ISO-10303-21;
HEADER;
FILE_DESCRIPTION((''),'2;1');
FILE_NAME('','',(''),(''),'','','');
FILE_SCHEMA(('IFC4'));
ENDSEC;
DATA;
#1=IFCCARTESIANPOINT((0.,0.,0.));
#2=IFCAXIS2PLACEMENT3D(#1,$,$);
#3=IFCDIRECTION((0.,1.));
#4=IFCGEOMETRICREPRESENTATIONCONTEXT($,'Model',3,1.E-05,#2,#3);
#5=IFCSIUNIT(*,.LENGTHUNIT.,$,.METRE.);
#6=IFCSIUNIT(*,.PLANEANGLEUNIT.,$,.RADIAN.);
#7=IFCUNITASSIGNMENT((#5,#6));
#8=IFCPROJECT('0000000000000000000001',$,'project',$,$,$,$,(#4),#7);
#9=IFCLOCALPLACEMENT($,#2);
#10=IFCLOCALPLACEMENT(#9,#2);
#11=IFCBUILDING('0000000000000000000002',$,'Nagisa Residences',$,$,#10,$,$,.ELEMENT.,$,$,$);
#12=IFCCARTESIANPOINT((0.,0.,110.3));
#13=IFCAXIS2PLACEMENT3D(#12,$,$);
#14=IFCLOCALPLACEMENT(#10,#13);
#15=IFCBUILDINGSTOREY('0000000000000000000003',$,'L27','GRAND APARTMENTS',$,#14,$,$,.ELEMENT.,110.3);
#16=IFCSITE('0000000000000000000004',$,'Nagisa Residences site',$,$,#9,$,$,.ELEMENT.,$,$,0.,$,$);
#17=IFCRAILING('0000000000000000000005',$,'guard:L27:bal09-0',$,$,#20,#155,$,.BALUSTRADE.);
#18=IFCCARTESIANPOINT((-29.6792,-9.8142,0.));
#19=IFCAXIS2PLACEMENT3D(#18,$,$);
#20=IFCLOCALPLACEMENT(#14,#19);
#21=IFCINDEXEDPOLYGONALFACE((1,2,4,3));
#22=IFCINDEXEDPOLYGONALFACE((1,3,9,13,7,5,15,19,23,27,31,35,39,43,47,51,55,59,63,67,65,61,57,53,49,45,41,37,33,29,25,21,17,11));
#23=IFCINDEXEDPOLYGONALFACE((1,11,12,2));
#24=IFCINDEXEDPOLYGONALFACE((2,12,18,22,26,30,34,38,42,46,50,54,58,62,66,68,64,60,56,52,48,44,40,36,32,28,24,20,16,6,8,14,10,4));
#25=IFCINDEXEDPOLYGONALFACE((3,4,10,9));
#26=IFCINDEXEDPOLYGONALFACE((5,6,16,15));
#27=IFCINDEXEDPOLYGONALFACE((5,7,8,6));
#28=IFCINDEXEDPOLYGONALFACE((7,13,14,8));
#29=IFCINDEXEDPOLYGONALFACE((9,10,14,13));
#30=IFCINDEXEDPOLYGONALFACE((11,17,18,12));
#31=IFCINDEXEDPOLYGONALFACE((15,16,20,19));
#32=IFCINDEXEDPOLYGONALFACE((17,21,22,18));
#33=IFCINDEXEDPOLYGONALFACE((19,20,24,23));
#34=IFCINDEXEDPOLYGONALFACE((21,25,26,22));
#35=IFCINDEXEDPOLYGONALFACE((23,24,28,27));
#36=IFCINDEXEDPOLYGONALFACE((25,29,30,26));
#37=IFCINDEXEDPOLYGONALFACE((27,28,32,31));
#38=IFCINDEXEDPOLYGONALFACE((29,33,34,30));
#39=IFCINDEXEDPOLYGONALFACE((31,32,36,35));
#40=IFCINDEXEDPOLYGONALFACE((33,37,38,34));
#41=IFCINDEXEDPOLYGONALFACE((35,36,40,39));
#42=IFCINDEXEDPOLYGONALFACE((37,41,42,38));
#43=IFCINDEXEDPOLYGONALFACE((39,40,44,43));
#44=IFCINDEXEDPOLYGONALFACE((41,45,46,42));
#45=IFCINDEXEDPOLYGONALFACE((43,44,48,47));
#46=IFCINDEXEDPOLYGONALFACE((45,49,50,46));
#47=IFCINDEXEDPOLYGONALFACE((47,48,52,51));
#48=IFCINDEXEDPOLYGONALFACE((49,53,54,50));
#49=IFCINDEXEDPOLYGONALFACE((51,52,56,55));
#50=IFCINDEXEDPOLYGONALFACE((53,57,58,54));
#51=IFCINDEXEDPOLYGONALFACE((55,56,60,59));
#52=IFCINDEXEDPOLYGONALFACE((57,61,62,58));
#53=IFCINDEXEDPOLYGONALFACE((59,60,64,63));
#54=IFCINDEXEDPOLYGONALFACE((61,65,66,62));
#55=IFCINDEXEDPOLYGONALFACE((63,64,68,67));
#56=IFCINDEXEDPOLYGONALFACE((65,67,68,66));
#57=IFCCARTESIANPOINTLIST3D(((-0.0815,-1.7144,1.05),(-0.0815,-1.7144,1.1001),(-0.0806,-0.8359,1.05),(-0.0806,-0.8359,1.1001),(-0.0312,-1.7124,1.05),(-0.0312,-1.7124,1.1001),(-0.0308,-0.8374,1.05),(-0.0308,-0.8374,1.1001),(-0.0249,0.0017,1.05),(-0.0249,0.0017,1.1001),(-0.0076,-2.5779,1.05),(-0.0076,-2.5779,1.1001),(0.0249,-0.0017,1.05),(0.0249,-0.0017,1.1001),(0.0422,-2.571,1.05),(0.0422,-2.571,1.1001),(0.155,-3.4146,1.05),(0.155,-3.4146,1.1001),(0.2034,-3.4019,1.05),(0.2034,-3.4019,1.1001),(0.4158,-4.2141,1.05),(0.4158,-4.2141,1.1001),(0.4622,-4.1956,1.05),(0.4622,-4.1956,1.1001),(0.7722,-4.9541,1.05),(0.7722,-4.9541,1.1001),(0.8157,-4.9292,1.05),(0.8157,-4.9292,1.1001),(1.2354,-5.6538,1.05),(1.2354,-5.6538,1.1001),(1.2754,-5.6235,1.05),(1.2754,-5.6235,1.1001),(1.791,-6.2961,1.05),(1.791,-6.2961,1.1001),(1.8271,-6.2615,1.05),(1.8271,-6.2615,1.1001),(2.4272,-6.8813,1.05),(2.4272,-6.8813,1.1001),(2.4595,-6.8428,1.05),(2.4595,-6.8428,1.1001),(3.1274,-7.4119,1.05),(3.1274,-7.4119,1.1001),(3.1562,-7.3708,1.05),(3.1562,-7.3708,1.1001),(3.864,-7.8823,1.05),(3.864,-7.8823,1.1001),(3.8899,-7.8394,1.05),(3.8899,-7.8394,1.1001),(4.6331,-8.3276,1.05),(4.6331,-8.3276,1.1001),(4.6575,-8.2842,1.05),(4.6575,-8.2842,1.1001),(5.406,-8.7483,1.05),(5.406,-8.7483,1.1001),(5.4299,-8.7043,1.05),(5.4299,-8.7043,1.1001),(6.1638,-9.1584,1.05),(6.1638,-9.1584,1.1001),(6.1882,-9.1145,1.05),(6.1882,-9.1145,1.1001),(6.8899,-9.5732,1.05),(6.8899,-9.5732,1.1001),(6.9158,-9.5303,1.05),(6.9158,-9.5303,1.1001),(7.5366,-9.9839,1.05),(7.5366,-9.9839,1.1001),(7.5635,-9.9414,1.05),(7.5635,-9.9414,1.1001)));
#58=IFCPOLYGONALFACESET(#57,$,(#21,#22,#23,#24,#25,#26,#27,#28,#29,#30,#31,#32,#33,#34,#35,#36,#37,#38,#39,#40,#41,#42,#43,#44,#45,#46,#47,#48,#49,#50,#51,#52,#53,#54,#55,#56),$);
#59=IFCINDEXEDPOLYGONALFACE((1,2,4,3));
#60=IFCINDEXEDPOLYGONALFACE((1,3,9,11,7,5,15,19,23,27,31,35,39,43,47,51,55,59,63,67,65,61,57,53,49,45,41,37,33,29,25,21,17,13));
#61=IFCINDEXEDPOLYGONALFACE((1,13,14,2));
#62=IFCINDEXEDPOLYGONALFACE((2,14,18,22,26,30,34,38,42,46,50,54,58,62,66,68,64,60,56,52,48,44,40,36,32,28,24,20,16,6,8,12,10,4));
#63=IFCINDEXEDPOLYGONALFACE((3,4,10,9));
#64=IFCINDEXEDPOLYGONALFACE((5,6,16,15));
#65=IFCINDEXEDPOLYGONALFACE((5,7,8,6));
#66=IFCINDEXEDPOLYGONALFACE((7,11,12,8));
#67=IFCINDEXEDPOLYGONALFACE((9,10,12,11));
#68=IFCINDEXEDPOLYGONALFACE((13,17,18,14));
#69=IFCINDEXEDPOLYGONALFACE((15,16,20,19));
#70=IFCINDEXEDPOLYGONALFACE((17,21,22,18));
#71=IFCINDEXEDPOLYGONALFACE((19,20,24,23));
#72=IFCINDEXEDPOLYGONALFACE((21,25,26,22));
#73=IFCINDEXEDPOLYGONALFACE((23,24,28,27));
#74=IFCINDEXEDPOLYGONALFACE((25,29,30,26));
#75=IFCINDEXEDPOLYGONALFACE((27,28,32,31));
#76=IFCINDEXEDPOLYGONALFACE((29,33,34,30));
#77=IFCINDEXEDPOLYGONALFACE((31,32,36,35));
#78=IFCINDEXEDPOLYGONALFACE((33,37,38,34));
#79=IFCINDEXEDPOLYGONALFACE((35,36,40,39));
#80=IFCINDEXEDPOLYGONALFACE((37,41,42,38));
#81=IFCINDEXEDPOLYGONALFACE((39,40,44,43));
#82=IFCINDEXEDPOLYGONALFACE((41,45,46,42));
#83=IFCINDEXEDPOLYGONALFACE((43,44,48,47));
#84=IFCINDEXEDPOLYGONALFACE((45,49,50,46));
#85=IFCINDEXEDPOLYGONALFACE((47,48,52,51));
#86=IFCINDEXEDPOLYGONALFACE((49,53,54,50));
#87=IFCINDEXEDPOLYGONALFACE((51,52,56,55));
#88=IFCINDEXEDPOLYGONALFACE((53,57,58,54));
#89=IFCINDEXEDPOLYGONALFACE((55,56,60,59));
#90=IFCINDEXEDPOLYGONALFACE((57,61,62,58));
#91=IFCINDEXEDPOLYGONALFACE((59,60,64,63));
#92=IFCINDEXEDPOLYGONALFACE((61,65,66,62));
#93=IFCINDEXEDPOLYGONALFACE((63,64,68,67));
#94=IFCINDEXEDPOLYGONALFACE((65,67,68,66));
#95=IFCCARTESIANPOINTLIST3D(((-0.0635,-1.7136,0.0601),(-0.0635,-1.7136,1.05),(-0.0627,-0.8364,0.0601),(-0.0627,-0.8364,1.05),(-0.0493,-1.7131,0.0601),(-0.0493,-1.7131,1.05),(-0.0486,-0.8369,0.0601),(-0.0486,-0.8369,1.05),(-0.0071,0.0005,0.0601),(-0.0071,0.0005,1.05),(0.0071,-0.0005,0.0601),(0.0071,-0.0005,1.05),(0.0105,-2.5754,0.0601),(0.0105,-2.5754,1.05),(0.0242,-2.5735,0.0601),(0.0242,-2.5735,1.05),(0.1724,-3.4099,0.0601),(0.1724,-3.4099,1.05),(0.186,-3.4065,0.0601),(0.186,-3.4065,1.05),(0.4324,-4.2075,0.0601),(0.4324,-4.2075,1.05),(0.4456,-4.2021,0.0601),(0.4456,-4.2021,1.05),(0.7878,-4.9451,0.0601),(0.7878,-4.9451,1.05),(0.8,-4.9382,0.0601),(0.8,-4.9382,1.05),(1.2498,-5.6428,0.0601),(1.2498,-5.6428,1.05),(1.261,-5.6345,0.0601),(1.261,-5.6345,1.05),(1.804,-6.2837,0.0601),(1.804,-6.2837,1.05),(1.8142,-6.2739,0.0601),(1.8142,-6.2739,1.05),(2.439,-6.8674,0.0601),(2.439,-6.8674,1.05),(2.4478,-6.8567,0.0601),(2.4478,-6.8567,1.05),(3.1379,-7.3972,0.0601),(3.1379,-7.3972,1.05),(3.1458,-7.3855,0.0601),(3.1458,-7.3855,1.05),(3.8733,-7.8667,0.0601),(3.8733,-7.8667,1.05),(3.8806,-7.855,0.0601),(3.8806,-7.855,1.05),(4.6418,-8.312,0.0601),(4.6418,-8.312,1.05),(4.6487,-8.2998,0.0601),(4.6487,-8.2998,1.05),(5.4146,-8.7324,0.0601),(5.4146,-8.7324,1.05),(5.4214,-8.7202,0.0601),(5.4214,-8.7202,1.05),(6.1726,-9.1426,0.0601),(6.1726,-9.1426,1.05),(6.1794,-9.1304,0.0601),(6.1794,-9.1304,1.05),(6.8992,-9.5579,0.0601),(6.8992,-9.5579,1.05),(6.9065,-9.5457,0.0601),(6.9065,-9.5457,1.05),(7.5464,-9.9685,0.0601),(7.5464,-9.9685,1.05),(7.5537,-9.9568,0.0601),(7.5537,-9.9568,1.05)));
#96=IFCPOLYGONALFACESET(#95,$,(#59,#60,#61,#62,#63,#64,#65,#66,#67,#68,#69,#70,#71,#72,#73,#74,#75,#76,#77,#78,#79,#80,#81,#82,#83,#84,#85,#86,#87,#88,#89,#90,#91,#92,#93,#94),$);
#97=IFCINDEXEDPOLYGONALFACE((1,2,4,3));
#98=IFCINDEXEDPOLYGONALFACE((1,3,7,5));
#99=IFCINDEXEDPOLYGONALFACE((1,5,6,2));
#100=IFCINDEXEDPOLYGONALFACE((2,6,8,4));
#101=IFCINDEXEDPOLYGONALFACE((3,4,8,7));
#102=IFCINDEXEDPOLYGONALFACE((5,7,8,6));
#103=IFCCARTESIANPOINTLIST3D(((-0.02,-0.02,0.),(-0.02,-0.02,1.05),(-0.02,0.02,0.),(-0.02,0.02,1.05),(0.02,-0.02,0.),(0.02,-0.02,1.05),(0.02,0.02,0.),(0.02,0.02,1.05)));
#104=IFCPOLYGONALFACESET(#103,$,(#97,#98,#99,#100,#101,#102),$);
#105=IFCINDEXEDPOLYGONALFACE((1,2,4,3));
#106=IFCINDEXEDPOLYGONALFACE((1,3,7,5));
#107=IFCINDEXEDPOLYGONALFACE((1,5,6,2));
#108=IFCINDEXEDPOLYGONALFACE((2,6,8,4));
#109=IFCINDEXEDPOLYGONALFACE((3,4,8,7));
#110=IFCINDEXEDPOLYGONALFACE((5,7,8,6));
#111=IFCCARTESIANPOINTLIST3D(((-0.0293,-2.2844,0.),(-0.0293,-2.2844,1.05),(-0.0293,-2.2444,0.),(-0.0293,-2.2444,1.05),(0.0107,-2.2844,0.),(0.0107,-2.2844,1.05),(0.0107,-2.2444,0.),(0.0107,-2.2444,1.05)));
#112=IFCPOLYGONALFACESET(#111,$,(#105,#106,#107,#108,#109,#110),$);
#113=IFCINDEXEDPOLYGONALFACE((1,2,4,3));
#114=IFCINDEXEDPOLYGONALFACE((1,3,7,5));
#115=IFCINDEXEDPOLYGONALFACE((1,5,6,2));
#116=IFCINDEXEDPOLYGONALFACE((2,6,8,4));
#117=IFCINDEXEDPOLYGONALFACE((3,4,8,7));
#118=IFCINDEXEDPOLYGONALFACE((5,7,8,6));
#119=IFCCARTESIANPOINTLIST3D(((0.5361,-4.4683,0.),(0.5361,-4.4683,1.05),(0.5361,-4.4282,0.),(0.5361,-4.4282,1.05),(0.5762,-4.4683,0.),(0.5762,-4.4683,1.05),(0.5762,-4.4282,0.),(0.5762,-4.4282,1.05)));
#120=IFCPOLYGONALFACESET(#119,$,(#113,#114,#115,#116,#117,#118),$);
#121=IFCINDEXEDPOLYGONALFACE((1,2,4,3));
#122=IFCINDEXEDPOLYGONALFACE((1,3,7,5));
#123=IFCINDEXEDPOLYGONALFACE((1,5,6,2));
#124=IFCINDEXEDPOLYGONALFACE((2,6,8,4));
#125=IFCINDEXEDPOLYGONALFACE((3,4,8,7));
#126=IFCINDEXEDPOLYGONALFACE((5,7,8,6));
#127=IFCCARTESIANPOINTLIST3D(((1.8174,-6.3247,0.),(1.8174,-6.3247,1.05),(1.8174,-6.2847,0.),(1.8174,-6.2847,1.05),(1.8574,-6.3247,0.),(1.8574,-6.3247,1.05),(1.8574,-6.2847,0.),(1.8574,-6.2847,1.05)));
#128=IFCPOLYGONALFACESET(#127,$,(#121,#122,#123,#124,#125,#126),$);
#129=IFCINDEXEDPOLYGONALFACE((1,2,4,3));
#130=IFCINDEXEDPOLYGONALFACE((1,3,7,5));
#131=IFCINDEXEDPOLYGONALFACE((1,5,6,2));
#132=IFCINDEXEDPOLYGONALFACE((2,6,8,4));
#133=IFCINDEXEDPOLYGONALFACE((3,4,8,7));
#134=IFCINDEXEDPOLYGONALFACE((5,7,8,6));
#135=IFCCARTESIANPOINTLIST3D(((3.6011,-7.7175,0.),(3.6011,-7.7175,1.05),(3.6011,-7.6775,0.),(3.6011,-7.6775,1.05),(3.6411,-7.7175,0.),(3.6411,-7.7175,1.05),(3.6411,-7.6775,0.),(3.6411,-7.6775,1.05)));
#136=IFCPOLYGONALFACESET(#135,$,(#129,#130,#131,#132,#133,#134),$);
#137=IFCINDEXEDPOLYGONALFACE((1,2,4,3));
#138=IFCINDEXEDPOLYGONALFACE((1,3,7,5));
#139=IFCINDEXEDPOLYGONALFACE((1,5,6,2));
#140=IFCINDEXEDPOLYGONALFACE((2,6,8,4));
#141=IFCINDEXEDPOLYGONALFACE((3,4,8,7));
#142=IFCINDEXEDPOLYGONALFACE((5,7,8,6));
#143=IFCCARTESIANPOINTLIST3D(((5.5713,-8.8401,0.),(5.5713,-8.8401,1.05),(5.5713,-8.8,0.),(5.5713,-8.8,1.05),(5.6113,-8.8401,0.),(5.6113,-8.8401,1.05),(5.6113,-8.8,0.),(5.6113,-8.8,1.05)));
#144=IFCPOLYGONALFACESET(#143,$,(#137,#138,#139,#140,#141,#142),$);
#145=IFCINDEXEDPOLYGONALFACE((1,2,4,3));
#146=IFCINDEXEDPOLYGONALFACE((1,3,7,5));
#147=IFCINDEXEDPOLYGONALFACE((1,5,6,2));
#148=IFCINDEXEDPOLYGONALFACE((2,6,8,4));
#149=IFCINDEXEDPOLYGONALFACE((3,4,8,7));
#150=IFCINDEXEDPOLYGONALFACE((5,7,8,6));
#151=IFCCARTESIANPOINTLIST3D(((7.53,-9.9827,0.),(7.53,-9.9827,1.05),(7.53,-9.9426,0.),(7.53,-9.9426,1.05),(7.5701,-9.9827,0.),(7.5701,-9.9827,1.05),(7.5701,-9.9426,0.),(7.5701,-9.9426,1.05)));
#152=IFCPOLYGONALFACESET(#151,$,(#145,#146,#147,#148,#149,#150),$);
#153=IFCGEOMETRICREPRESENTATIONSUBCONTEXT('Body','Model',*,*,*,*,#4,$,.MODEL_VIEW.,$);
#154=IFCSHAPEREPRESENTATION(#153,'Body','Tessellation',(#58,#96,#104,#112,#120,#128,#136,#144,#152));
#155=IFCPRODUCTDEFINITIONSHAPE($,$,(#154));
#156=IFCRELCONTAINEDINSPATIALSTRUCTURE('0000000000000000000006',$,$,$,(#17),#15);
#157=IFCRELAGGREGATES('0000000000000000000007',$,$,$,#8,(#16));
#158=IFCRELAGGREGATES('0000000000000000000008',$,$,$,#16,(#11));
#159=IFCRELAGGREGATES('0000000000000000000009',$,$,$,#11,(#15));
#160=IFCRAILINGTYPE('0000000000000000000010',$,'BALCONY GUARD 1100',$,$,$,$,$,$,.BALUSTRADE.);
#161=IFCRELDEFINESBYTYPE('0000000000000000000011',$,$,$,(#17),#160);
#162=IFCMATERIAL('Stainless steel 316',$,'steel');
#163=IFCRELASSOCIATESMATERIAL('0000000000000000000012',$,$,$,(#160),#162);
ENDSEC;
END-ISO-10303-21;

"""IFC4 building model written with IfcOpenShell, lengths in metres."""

from ifc_helpers import new_model, si_unit, direction, frame, origin, origin_2d, place, context, subcontext, project, spatial, polyline, rectangle, outline, extrude, material, type_object, element, save


model = new_model("IFC4")

# Units and contexts
model_context = context("Model", 3, precision=1e-05, world=origin(), true_north=direction((0.0, 1.0)))
body_context = subcontext(model_context, "Body", "Model", "MODEL_VIEW")
ifc_project = project(units=[si_unit("LENGTHUNIT", "METRE"), si_unit("PLANEANGLEUNIT", "RADIAN")], contexts=[model_context])

# Site, building, storey
site_placement = place(None, origin())
site = spatial("IfcSite", under=ifc_project, at=site_placement, Name="Nagisa Residences site", CompositionType="ELEMENT", RefElevation=0.0)
building_placement = place(site_placement, origin())
building = spatial("IfcBuilding", under=site, at=building_placement, Name="Nagisa Residences", CompositionType="ELEMENT")
storey_placement = place(building_placement, frame((0.0, 0.0, 110.3)))
storey = spatial("IfcBuildingStorey", under=building, at=storey_placement, Name="L27", Description="GRAND APARTMENTS", CompositionType="ELEMENT", Elevation=110.3)

# Railing
ifc_material_1 = material(Name="Stainless steel 316", Category="steel")
railing_type = type_object("IfcRailingType", Name="BALCONY GUARD 1100", PredefinedType="BALUSTRADE", material=ifc_material_1)
railing_placement = place(storey_placement, frame((-29.6792, -9.8142, 0.0)))
element("IfcRailing", 1, at=railing_placement, inside=storey, type_object=railing_type, Name="guard:L27:bal09-0", PredefinedType="BALUSTRADE", context=body_context, shape_type="SweptSolid", body=[
    extrude(outline(polyline([(-0.0308, -0.8374), (0.0249, -0.0017), (-0.0249, 0.0017), (-0.0806, -0.8359), (-0.0815, -1.7144), (-0.0076, -2.5779), (0.155, -3.4146), (0.4158, -4.2141), (0.7722, -4.9541), (1.2354, -5.6538), (1.791, -6.2961), (2.4272, -6.8813), (3.1274, -7.4119), (3.864, -7.8823), (4.6331, -8.3276), (5.406, -8.7483), (6.1638, -9.1584), (6.8899, -9.5732), (7.5366, -9.9839), (7.5635, -9.9414), (6.9158, -9.5303), (6.1882, -9.1145), (5.4299, -8.7043), (4.6575, -8.2842), (3.8899, -7.8394), (3.1562, -7.3708), (2.4595, -6.8428), (1.8271, -6.2615), (1.2754, -5.6235), (0.8157, -4.9292), (0.4622, -4.1956), (0.2034, -3.4019), (0.0422, -2.571), (-0.0312, -1.7124), (-0.0308, -0.8374)])), frame((0.0, 0.0, 1.05)), (0.0, 0.0, 1.0), 0.05),
    extrude(outline(polyline([(-0.0486, -0.8369), (0.0071, -0.0005), (-0.0071, 0.0005), (-0.0627, -0.8364), (-0.0635, -1.7136), (0.0105, -2.5754), (0.1724, -3.4099), (0.4324, -4.2075), (0.7878, -4.9451), (1.2498, -5.6428), (1.804, -6.2837), (2.439, -6.8674), (3.1379, -7.3972), (3.8733, -7.8667), (4.6418, -8.312), (5.4146, -8.7324), (6.1726, -9.1426), (6.8992, -9.5579), (7.5464, -9.9685), (7.5537, -9.9568), (6.9065, -9.5457), (6.1794, -9.1304), (5.4214, -8.7202), (4.6487, -8.2998), (3.8806, -7.855), (3.1458, -7.3855), (2.4478, -6.8567), (1.8142, -6.2739), (1.261, -5.6345), (0.8, -4.9382), (0.4456, -4.2021), (0.186, -3.4065), (0.0242, -2.5735), (-0.0493, -1.7131), (-0.0486, -0.8369)])), frame((0.0, 0.0, 0.0601)), (0.0, 0.0, 1.0), 0.99),
    extrude(rectangle(XDim=0.04, YDim=0.04, at=origin_2d()), origin(), (0.0, 0.0, 1.0), 1.05),
    extrude(rectangle(XDim=0.04, YDim=0.04, at=origin_2d()), frame((-0.0093, -2.2644, 0.0)), (0.0, 0.0, 1.0), 1.05),
    extrude(rectangle(XDim=0.04, YDim=0.04, at=origin_2d()), frame((0.5562, -4.4482, 0.0)), (0.0, 0.0, 1.0), 1.05),
    extrude(rectangle(XDim=0.04, YDim=0.04, at=origin_2d()), frame((1.8374, -6.3047, 0.0)), (0.0, 0.0, 1.0), 1.05),
    extrude(rectangle(XDim=0.04, YDim=0.04, at=origin_2d()), frame((3.6211, -7.6975, 0.0)), (0.0, 0.0, 1.0), 1.05),
    extrude(rectangle(XDim=0.04, YDim=0.04, at=origin_2d()), frame((5.5913, -8.8201, 0.0)), (0.0, 0.0, 1.0), 1.05),
    extrude(rectangle(XDim=0.04, YDim=0.04, at=origin_2d()), frame((7.55, -9.9626, 0.0)), (0.0, 0.0, 1.0), 1.05),
])

save(model, "model.ifc")
